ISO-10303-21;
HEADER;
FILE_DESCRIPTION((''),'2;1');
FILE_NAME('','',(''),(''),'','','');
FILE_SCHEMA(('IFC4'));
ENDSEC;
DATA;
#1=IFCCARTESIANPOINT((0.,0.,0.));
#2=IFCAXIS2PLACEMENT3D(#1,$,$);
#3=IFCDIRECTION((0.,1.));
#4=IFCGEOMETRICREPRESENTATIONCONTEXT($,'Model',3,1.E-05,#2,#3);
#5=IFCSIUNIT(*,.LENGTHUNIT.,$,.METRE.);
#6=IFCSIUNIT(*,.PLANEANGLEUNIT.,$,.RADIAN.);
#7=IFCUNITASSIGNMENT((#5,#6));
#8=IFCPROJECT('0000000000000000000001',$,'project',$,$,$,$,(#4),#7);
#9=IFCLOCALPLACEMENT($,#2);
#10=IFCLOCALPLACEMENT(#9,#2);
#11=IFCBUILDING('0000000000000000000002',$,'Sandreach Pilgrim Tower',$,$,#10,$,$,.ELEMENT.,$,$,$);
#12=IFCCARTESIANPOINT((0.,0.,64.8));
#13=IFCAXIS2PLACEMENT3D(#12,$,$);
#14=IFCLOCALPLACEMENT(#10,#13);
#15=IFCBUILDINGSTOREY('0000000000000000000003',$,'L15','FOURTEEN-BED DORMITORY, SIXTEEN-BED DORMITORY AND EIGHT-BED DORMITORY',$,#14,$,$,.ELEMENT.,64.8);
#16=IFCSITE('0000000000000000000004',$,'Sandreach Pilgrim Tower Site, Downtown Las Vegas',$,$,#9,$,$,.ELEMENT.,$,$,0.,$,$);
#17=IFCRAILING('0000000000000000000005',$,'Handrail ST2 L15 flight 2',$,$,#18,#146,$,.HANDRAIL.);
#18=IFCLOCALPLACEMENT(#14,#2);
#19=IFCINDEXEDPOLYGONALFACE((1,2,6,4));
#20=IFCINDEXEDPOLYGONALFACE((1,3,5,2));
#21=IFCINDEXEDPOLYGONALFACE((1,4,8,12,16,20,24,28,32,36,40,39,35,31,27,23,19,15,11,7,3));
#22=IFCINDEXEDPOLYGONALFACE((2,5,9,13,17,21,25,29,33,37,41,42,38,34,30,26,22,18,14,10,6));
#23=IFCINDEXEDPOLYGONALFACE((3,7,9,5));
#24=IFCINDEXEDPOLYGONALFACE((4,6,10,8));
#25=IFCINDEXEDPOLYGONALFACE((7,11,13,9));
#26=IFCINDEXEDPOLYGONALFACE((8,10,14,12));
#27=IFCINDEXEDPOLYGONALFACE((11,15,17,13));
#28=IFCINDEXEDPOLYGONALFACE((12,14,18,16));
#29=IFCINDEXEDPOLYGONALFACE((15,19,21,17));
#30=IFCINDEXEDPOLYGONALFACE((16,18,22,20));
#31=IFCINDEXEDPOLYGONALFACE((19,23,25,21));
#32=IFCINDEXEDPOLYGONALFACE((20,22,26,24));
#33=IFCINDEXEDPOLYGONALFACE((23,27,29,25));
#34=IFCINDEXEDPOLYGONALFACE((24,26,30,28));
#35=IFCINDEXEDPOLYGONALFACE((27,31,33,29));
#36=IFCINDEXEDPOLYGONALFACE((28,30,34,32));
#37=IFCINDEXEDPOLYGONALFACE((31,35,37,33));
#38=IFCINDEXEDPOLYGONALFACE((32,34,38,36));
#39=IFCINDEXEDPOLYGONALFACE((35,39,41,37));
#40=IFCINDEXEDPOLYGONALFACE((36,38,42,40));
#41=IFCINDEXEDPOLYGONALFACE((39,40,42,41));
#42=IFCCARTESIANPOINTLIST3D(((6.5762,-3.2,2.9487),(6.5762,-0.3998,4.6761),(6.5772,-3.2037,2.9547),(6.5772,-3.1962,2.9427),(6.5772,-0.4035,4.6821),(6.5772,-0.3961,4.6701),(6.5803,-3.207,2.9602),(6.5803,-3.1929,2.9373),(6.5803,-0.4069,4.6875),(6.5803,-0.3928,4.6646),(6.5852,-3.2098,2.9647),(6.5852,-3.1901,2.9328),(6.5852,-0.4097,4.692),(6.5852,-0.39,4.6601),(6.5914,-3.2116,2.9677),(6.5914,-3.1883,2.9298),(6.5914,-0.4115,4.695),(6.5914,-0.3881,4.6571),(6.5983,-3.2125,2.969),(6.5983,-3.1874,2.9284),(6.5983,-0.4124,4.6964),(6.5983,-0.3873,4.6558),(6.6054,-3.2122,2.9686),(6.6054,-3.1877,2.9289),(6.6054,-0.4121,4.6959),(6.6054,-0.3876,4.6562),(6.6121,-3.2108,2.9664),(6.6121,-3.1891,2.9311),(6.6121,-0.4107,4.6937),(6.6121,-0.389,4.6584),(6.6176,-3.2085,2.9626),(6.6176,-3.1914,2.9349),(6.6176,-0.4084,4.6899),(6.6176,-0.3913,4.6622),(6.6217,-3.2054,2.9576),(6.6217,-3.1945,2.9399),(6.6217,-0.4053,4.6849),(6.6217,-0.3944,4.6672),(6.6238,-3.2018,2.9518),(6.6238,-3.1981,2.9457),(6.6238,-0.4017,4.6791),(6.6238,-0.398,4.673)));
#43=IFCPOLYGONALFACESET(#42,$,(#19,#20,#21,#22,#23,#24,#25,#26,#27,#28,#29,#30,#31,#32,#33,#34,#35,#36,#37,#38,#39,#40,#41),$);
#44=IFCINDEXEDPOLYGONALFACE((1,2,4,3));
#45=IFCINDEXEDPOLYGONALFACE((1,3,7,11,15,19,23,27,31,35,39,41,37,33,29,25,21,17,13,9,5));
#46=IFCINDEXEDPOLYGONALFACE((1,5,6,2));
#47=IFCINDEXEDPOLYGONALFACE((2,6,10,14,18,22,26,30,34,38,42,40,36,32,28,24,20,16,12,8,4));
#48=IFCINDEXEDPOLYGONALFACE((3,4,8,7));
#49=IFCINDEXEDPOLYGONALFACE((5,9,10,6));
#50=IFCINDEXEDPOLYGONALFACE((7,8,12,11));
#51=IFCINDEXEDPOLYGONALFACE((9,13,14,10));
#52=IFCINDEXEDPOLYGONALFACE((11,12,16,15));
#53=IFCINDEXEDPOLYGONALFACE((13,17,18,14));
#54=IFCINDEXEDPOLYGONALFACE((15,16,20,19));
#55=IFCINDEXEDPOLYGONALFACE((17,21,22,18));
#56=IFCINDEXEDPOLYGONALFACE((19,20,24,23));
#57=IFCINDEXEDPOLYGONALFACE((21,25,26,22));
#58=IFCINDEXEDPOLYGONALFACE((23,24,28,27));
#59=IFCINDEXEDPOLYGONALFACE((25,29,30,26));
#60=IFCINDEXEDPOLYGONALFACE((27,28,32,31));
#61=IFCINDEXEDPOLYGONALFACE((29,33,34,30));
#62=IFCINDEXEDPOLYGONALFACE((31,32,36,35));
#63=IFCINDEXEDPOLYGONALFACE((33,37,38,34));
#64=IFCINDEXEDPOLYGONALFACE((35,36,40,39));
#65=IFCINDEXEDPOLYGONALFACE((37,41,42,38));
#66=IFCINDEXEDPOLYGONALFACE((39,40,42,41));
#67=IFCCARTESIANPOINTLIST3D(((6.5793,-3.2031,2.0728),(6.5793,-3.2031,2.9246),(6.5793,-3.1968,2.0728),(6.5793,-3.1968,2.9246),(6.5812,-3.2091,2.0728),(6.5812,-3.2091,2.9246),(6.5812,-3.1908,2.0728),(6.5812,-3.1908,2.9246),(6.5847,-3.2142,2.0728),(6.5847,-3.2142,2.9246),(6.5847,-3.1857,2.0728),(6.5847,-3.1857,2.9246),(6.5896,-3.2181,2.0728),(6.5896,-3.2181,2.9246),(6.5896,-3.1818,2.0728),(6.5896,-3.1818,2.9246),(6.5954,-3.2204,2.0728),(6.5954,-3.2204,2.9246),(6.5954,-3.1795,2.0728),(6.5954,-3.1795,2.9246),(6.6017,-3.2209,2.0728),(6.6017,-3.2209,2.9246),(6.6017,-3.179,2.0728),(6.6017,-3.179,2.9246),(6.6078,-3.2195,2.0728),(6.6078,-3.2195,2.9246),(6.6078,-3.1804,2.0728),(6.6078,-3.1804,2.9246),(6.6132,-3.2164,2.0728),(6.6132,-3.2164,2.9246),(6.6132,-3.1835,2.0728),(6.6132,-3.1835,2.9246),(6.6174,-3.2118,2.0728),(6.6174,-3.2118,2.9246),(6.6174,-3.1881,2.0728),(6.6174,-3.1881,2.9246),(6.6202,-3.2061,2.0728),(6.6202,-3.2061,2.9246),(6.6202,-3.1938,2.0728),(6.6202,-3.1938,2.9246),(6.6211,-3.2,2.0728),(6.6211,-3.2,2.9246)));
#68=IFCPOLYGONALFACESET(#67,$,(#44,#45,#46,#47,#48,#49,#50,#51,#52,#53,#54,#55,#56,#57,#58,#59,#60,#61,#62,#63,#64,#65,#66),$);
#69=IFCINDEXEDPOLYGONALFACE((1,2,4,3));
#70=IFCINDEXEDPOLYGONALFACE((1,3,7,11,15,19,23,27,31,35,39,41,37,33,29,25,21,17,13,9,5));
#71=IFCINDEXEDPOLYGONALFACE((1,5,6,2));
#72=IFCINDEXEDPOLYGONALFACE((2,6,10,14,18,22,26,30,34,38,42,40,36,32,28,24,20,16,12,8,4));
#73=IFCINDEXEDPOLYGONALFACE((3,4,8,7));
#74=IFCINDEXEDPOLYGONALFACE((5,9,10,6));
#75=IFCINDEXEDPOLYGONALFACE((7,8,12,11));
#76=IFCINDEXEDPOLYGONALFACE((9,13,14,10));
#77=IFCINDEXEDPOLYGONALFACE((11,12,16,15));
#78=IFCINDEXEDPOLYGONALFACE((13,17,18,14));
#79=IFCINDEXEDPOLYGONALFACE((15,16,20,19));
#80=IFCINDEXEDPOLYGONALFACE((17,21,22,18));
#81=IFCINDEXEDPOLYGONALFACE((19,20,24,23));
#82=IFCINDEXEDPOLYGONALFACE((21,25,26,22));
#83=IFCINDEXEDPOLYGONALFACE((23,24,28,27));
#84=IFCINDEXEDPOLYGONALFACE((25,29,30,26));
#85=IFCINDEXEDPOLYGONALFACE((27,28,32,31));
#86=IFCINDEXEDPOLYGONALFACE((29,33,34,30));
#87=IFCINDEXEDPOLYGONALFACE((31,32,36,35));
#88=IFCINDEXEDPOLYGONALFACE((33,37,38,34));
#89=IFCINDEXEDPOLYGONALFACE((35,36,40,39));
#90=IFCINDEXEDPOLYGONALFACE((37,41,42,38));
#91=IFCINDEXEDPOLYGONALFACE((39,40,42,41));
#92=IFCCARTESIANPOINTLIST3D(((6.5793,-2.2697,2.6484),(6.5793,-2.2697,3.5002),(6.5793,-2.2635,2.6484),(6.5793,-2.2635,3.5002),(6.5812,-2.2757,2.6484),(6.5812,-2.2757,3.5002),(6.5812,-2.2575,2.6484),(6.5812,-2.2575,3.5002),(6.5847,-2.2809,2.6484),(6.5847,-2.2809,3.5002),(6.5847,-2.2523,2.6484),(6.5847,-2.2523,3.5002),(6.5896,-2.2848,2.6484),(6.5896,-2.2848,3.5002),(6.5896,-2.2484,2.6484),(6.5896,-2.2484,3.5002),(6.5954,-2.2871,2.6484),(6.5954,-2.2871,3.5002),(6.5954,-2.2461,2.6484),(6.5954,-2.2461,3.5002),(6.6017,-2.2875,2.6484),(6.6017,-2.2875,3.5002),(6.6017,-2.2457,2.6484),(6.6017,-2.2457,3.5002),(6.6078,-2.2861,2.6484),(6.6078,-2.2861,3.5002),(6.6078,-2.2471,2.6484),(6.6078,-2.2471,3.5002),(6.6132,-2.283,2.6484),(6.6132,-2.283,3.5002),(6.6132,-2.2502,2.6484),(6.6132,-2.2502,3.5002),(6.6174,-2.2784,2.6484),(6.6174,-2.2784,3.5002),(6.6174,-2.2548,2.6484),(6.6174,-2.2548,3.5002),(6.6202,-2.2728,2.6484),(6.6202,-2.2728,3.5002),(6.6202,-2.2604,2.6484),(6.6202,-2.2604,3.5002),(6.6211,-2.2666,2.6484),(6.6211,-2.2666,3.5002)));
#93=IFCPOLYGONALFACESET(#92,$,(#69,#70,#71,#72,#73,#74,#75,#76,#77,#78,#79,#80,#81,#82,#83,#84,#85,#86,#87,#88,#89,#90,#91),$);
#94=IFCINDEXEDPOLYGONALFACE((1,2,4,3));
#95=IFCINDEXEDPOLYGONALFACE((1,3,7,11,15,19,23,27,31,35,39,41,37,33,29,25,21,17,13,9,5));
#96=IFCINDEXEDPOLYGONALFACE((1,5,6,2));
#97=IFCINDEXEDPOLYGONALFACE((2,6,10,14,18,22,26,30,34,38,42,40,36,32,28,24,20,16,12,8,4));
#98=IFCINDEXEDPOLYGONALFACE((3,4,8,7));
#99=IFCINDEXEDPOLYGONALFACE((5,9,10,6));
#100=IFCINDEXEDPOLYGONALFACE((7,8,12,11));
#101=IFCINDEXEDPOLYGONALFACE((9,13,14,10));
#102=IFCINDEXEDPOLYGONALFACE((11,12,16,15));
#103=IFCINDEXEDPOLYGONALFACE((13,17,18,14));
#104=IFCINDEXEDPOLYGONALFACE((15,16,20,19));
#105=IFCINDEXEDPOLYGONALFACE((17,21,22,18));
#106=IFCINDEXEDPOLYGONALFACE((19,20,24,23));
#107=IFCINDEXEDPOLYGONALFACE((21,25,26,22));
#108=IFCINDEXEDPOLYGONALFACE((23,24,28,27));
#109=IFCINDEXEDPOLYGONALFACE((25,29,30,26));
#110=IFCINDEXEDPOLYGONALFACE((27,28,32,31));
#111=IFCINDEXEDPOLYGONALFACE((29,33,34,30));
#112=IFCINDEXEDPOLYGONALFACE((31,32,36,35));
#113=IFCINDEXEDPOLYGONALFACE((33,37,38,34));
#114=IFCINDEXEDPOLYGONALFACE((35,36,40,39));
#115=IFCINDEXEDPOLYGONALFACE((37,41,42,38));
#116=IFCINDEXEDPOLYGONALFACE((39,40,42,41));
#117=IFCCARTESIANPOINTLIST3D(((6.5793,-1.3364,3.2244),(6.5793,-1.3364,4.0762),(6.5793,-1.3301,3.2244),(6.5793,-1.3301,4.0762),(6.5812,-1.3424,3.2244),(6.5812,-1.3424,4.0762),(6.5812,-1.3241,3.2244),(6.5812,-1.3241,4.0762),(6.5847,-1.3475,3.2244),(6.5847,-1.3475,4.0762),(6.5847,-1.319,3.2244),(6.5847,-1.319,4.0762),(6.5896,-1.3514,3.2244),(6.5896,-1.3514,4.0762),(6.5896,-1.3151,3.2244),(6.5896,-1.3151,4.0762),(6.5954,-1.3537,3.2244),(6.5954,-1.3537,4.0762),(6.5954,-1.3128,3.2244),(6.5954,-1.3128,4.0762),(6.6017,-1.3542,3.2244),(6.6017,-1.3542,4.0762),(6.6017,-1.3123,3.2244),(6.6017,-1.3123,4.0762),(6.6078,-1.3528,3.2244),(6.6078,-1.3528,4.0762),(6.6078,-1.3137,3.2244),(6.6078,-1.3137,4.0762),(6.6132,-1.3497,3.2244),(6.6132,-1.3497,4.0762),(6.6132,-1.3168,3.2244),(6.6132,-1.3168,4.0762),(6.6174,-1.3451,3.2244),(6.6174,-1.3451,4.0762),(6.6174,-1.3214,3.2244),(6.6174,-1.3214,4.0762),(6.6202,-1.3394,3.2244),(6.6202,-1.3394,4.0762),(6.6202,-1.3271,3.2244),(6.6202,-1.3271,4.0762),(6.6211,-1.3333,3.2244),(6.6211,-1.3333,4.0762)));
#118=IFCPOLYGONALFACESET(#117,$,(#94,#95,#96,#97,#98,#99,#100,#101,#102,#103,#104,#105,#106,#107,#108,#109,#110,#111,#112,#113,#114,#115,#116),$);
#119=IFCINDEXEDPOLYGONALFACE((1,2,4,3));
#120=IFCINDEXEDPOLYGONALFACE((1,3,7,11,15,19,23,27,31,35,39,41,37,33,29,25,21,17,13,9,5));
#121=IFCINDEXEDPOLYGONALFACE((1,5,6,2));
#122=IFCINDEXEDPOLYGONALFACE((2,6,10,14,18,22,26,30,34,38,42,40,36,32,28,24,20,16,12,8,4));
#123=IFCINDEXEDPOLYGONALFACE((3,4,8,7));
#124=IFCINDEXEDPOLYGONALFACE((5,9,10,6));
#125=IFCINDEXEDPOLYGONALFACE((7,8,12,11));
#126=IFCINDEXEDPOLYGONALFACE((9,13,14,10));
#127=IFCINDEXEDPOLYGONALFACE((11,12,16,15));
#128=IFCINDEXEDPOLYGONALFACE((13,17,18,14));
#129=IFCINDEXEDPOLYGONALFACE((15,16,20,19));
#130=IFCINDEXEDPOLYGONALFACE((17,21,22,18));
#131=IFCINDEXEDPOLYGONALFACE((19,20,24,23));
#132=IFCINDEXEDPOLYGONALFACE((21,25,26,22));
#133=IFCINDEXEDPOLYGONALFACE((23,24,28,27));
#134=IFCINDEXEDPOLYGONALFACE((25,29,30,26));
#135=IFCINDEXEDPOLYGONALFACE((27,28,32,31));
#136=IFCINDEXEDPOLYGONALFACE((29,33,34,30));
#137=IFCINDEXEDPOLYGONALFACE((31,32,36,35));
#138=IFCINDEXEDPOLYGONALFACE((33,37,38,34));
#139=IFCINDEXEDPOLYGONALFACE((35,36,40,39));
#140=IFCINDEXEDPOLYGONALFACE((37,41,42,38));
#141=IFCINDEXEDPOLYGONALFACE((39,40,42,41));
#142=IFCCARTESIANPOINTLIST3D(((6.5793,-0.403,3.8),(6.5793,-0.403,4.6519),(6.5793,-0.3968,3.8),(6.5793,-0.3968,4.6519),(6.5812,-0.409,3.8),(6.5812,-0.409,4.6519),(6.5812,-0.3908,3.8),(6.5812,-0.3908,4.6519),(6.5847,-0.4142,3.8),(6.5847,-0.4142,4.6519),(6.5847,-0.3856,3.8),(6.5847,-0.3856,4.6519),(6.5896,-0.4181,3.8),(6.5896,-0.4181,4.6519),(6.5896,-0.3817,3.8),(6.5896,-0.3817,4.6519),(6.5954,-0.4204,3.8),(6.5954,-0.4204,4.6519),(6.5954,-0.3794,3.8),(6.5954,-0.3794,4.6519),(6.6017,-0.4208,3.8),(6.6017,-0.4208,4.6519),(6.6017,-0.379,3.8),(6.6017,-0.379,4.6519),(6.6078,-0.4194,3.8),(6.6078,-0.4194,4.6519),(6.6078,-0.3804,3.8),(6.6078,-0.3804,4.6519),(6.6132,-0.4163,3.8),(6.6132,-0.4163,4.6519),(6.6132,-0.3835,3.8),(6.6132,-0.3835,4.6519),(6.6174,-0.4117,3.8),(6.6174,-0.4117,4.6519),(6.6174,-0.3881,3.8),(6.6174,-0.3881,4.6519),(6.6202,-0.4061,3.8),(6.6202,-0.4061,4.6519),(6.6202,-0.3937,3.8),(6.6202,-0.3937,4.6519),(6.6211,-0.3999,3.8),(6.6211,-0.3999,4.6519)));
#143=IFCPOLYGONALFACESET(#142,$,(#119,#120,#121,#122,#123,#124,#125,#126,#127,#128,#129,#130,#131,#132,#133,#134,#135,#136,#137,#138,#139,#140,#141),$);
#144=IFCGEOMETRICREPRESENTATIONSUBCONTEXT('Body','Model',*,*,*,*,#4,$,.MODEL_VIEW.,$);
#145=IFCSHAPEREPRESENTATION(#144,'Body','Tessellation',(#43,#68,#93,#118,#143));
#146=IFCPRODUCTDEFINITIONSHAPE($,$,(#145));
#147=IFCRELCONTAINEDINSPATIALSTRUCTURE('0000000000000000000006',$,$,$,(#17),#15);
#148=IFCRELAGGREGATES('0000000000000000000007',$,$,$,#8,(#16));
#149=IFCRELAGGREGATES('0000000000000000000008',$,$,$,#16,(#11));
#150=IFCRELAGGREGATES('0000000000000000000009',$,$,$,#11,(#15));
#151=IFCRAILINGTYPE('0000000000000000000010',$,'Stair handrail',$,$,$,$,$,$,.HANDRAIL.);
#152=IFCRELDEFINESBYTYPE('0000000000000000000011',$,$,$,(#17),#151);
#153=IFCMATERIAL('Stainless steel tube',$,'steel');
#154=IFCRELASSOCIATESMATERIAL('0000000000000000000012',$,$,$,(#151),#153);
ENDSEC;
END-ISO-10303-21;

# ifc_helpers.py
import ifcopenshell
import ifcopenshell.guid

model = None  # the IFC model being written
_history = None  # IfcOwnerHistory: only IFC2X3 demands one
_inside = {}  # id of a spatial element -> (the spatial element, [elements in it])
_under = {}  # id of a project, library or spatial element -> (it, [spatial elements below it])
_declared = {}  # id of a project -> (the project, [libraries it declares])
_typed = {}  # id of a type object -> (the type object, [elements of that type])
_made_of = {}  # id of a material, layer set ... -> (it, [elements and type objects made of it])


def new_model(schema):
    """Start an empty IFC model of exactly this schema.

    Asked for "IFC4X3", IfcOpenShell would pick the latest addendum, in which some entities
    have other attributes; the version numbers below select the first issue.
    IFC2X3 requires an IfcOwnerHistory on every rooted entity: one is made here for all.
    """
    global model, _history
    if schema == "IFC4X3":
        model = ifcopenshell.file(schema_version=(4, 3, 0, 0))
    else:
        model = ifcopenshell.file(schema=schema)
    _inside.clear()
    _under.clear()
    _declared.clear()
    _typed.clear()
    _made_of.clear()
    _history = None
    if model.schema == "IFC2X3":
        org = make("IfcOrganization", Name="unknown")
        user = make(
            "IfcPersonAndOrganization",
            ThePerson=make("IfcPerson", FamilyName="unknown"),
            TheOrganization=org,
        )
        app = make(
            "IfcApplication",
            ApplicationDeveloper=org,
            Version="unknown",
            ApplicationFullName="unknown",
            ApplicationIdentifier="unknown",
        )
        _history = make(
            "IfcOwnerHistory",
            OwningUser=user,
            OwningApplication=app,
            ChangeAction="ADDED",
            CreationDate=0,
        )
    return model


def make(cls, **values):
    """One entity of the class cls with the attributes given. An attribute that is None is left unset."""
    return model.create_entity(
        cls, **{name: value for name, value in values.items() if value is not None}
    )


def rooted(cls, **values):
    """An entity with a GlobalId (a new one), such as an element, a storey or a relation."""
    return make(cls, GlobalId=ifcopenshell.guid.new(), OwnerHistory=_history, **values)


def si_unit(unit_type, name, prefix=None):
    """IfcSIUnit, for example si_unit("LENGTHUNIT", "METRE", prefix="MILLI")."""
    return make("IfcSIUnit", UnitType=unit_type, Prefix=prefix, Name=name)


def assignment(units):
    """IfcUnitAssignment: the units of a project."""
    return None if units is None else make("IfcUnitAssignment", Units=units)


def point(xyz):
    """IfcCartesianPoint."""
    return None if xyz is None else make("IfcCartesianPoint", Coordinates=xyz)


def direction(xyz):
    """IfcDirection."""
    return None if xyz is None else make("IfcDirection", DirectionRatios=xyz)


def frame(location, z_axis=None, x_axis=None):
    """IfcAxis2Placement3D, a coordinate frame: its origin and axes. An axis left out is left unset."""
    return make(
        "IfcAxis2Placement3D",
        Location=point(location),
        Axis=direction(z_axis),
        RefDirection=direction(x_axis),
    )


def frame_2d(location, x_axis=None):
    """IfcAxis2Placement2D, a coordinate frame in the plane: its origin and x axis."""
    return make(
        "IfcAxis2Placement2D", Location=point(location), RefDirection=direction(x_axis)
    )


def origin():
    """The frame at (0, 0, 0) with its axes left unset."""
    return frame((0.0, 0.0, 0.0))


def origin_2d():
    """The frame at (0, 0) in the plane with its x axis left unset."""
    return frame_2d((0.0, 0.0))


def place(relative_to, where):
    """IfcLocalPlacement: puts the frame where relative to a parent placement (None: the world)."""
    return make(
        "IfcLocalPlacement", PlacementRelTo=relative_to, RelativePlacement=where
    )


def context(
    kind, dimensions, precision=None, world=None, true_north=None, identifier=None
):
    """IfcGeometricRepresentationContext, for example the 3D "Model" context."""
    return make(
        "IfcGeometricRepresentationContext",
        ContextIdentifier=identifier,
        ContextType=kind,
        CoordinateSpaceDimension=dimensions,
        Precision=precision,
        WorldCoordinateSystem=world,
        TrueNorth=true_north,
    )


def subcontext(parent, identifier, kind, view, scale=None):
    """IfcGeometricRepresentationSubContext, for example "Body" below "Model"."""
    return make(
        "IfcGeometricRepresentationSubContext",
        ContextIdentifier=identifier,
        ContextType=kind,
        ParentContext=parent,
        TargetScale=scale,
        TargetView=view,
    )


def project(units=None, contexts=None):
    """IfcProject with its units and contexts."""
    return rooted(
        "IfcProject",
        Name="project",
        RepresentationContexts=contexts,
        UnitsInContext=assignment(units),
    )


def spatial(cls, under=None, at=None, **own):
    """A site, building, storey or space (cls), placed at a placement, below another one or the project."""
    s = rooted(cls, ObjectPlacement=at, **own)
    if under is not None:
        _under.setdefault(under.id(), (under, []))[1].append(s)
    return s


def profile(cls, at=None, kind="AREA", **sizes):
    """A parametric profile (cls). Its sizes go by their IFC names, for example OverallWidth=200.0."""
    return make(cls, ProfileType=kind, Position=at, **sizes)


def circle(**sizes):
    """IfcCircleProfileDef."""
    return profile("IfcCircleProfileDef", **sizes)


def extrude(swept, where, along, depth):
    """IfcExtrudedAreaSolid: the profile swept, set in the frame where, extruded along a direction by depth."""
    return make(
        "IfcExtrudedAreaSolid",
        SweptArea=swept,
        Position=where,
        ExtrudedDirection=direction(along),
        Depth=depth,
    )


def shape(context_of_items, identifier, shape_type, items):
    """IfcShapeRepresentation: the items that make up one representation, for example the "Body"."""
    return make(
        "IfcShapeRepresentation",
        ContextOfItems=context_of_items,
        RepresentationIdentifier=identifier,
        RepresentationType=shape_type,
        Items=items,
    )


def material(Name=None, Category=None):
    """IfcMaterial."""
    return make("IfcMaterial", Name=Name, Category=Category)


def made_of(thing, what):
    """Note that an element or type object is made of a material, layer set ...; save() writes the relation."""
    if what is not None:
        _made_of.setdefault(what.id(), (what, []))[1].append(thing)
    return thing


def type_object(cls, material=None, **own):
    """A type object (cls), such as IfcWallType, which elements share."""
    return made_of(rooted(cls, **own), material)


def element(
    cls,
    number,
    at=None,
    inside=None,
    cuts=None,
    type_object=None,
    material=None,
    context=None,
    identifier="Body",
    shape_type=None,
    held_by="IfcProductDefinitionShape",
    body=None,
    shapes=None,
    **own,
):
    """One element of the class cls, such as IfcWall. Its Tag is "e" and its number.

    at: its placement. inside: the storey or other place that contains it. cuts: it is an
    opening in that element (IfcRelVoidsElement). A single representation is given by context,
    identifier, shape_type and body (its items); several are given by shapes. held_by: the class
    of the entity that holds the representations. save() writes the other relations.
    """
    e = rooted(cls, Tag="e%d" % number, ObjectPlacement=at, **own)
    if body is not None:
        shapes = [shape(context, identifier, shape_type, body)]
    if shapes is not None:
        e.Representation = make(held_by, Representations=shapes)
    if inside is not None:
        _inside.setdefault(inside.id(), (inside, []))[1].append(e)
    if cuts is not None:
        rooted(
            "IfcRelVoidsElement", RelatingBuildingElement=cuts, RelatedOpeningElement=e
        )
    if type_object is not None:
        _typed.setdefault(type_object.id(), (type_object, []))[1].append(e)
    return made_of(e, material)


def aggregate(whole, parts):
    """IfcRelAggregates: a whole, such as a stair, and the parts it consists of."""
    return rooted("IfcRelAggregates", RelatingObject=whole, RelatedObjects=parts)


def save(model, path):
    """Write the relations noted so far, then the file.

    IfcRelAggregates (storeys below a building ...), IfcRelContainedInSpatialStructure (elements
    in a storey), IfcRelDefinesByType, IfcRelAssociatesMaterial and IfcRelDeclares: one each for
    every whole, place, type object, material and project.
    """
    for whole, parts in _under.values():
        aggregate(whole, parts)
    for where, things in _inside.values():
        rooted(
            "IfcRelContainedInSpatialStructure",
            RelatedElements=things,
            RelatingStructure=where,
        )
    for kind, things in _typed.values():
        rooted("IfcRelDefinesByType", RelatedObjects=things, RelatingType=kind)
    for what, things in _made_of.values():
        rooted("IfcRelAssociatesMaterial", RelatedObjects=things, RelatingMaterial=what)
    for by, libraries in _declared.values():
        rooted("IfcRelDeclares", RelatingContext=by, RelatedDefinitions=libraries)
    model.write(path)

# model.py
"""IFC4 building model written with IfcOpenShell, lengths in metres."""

from ifc_helpers import new_model, si_unit, direction, frame, origin, origin_2d, place, context, subcontext, project, spatial, circle, extrude, material, type_object, element, save


model = new_model("IFC4")

# Units and contexts
model_context = context("Model", 3, precision=1e-05, world=origin(), true_north=direction((0.0, 1.0)))
body_context = subcontext(model_context, "Body", "Model", "MODEL_VIEW")
ifc_project = project(units=[si_unit("LENGTHUNIT", "METRE"), si_unit("PLANEANGLEUNIT", "RADIAN")], contexts=[model_context])

# Site, building, storey
site_placement = place(None, origin())
site = spatial("IfcSite", under=ifc_project, at=site_placement, Name="Sandreach Pilgrim Tower Site, Downtown Las Vegas", CompositionType="ELEMENT", RefElevation=0.0)
building_placement = place(site_placement, origin())
building = spatial("IfcBuilding", under=site, at=building_placement, Name="Sandreach Pilgrim Tower", CompositionType="ELEMENT")
storey_placement = place(building_placement, frame((0.0, 0.0, 64.8)))
storey = spatial("IfcBuildingStorey", under=building, at=storey_placement, Name="L15", Description="FOURTEEN-BED DORMITORY, SIXTEEN-BED DORMITORY AND EIGHT-BED DORMITORY", CompositionType="ELEMENT", Elevation=64.8)

# Railing
ifc_material_1 = material(Name="Stainless steel tube", Category="steel")
railing_type = type_object("IfcRailingType", Name="Stair handrail", PredefinedType="HANDRAIL", material=ifc_material_1)
for number, where, name in (
    (1, (6.6001, -3.2, 2.0728), "Handrail ST2 L15 flight 2"),
):
    element("IfcRailing", number, at=place(storey_placement, frame(where)), inside=storey, type_object=railing_type, Name=name, PredefinedType="HANDRAIL", context=body_context, shape_type="SweptSolid", body=[
        extrude(circle(Radius=0.0239, at=origin_2d()), frame((0.0, 0.0, 0.876), z_axis=(0.0, 0.85109, 0.52502), x_axis=(-1.0, 0.0, 0.0)), (0.0, 0.0, 1.0), 3.29),
        extrude(circle(Radius=0.021, at=origin_2d()), origin(), (0.0, 0.0, 1.0), 0.8518),
        extrude(circle(Radius=0.021, at=origin_2d()), frame((0.0, 0.9333, 0.5757)), (0.0, 0.0, 1.0), 0.8518),
        extrude(circle(Radius=0.021, at=origin_2d()), frame((0.0, 1.8667, 1.1516)), (0.0, 0.0, 1.0), 0.8518),
        extrude(circle(Radius=0.021, at=origin_2d()), frame((0.0, 2.8, 1.7273)), (0.0, 0.0, 1.0), 0.8518),
    ])

save(model, "model.ifc")
